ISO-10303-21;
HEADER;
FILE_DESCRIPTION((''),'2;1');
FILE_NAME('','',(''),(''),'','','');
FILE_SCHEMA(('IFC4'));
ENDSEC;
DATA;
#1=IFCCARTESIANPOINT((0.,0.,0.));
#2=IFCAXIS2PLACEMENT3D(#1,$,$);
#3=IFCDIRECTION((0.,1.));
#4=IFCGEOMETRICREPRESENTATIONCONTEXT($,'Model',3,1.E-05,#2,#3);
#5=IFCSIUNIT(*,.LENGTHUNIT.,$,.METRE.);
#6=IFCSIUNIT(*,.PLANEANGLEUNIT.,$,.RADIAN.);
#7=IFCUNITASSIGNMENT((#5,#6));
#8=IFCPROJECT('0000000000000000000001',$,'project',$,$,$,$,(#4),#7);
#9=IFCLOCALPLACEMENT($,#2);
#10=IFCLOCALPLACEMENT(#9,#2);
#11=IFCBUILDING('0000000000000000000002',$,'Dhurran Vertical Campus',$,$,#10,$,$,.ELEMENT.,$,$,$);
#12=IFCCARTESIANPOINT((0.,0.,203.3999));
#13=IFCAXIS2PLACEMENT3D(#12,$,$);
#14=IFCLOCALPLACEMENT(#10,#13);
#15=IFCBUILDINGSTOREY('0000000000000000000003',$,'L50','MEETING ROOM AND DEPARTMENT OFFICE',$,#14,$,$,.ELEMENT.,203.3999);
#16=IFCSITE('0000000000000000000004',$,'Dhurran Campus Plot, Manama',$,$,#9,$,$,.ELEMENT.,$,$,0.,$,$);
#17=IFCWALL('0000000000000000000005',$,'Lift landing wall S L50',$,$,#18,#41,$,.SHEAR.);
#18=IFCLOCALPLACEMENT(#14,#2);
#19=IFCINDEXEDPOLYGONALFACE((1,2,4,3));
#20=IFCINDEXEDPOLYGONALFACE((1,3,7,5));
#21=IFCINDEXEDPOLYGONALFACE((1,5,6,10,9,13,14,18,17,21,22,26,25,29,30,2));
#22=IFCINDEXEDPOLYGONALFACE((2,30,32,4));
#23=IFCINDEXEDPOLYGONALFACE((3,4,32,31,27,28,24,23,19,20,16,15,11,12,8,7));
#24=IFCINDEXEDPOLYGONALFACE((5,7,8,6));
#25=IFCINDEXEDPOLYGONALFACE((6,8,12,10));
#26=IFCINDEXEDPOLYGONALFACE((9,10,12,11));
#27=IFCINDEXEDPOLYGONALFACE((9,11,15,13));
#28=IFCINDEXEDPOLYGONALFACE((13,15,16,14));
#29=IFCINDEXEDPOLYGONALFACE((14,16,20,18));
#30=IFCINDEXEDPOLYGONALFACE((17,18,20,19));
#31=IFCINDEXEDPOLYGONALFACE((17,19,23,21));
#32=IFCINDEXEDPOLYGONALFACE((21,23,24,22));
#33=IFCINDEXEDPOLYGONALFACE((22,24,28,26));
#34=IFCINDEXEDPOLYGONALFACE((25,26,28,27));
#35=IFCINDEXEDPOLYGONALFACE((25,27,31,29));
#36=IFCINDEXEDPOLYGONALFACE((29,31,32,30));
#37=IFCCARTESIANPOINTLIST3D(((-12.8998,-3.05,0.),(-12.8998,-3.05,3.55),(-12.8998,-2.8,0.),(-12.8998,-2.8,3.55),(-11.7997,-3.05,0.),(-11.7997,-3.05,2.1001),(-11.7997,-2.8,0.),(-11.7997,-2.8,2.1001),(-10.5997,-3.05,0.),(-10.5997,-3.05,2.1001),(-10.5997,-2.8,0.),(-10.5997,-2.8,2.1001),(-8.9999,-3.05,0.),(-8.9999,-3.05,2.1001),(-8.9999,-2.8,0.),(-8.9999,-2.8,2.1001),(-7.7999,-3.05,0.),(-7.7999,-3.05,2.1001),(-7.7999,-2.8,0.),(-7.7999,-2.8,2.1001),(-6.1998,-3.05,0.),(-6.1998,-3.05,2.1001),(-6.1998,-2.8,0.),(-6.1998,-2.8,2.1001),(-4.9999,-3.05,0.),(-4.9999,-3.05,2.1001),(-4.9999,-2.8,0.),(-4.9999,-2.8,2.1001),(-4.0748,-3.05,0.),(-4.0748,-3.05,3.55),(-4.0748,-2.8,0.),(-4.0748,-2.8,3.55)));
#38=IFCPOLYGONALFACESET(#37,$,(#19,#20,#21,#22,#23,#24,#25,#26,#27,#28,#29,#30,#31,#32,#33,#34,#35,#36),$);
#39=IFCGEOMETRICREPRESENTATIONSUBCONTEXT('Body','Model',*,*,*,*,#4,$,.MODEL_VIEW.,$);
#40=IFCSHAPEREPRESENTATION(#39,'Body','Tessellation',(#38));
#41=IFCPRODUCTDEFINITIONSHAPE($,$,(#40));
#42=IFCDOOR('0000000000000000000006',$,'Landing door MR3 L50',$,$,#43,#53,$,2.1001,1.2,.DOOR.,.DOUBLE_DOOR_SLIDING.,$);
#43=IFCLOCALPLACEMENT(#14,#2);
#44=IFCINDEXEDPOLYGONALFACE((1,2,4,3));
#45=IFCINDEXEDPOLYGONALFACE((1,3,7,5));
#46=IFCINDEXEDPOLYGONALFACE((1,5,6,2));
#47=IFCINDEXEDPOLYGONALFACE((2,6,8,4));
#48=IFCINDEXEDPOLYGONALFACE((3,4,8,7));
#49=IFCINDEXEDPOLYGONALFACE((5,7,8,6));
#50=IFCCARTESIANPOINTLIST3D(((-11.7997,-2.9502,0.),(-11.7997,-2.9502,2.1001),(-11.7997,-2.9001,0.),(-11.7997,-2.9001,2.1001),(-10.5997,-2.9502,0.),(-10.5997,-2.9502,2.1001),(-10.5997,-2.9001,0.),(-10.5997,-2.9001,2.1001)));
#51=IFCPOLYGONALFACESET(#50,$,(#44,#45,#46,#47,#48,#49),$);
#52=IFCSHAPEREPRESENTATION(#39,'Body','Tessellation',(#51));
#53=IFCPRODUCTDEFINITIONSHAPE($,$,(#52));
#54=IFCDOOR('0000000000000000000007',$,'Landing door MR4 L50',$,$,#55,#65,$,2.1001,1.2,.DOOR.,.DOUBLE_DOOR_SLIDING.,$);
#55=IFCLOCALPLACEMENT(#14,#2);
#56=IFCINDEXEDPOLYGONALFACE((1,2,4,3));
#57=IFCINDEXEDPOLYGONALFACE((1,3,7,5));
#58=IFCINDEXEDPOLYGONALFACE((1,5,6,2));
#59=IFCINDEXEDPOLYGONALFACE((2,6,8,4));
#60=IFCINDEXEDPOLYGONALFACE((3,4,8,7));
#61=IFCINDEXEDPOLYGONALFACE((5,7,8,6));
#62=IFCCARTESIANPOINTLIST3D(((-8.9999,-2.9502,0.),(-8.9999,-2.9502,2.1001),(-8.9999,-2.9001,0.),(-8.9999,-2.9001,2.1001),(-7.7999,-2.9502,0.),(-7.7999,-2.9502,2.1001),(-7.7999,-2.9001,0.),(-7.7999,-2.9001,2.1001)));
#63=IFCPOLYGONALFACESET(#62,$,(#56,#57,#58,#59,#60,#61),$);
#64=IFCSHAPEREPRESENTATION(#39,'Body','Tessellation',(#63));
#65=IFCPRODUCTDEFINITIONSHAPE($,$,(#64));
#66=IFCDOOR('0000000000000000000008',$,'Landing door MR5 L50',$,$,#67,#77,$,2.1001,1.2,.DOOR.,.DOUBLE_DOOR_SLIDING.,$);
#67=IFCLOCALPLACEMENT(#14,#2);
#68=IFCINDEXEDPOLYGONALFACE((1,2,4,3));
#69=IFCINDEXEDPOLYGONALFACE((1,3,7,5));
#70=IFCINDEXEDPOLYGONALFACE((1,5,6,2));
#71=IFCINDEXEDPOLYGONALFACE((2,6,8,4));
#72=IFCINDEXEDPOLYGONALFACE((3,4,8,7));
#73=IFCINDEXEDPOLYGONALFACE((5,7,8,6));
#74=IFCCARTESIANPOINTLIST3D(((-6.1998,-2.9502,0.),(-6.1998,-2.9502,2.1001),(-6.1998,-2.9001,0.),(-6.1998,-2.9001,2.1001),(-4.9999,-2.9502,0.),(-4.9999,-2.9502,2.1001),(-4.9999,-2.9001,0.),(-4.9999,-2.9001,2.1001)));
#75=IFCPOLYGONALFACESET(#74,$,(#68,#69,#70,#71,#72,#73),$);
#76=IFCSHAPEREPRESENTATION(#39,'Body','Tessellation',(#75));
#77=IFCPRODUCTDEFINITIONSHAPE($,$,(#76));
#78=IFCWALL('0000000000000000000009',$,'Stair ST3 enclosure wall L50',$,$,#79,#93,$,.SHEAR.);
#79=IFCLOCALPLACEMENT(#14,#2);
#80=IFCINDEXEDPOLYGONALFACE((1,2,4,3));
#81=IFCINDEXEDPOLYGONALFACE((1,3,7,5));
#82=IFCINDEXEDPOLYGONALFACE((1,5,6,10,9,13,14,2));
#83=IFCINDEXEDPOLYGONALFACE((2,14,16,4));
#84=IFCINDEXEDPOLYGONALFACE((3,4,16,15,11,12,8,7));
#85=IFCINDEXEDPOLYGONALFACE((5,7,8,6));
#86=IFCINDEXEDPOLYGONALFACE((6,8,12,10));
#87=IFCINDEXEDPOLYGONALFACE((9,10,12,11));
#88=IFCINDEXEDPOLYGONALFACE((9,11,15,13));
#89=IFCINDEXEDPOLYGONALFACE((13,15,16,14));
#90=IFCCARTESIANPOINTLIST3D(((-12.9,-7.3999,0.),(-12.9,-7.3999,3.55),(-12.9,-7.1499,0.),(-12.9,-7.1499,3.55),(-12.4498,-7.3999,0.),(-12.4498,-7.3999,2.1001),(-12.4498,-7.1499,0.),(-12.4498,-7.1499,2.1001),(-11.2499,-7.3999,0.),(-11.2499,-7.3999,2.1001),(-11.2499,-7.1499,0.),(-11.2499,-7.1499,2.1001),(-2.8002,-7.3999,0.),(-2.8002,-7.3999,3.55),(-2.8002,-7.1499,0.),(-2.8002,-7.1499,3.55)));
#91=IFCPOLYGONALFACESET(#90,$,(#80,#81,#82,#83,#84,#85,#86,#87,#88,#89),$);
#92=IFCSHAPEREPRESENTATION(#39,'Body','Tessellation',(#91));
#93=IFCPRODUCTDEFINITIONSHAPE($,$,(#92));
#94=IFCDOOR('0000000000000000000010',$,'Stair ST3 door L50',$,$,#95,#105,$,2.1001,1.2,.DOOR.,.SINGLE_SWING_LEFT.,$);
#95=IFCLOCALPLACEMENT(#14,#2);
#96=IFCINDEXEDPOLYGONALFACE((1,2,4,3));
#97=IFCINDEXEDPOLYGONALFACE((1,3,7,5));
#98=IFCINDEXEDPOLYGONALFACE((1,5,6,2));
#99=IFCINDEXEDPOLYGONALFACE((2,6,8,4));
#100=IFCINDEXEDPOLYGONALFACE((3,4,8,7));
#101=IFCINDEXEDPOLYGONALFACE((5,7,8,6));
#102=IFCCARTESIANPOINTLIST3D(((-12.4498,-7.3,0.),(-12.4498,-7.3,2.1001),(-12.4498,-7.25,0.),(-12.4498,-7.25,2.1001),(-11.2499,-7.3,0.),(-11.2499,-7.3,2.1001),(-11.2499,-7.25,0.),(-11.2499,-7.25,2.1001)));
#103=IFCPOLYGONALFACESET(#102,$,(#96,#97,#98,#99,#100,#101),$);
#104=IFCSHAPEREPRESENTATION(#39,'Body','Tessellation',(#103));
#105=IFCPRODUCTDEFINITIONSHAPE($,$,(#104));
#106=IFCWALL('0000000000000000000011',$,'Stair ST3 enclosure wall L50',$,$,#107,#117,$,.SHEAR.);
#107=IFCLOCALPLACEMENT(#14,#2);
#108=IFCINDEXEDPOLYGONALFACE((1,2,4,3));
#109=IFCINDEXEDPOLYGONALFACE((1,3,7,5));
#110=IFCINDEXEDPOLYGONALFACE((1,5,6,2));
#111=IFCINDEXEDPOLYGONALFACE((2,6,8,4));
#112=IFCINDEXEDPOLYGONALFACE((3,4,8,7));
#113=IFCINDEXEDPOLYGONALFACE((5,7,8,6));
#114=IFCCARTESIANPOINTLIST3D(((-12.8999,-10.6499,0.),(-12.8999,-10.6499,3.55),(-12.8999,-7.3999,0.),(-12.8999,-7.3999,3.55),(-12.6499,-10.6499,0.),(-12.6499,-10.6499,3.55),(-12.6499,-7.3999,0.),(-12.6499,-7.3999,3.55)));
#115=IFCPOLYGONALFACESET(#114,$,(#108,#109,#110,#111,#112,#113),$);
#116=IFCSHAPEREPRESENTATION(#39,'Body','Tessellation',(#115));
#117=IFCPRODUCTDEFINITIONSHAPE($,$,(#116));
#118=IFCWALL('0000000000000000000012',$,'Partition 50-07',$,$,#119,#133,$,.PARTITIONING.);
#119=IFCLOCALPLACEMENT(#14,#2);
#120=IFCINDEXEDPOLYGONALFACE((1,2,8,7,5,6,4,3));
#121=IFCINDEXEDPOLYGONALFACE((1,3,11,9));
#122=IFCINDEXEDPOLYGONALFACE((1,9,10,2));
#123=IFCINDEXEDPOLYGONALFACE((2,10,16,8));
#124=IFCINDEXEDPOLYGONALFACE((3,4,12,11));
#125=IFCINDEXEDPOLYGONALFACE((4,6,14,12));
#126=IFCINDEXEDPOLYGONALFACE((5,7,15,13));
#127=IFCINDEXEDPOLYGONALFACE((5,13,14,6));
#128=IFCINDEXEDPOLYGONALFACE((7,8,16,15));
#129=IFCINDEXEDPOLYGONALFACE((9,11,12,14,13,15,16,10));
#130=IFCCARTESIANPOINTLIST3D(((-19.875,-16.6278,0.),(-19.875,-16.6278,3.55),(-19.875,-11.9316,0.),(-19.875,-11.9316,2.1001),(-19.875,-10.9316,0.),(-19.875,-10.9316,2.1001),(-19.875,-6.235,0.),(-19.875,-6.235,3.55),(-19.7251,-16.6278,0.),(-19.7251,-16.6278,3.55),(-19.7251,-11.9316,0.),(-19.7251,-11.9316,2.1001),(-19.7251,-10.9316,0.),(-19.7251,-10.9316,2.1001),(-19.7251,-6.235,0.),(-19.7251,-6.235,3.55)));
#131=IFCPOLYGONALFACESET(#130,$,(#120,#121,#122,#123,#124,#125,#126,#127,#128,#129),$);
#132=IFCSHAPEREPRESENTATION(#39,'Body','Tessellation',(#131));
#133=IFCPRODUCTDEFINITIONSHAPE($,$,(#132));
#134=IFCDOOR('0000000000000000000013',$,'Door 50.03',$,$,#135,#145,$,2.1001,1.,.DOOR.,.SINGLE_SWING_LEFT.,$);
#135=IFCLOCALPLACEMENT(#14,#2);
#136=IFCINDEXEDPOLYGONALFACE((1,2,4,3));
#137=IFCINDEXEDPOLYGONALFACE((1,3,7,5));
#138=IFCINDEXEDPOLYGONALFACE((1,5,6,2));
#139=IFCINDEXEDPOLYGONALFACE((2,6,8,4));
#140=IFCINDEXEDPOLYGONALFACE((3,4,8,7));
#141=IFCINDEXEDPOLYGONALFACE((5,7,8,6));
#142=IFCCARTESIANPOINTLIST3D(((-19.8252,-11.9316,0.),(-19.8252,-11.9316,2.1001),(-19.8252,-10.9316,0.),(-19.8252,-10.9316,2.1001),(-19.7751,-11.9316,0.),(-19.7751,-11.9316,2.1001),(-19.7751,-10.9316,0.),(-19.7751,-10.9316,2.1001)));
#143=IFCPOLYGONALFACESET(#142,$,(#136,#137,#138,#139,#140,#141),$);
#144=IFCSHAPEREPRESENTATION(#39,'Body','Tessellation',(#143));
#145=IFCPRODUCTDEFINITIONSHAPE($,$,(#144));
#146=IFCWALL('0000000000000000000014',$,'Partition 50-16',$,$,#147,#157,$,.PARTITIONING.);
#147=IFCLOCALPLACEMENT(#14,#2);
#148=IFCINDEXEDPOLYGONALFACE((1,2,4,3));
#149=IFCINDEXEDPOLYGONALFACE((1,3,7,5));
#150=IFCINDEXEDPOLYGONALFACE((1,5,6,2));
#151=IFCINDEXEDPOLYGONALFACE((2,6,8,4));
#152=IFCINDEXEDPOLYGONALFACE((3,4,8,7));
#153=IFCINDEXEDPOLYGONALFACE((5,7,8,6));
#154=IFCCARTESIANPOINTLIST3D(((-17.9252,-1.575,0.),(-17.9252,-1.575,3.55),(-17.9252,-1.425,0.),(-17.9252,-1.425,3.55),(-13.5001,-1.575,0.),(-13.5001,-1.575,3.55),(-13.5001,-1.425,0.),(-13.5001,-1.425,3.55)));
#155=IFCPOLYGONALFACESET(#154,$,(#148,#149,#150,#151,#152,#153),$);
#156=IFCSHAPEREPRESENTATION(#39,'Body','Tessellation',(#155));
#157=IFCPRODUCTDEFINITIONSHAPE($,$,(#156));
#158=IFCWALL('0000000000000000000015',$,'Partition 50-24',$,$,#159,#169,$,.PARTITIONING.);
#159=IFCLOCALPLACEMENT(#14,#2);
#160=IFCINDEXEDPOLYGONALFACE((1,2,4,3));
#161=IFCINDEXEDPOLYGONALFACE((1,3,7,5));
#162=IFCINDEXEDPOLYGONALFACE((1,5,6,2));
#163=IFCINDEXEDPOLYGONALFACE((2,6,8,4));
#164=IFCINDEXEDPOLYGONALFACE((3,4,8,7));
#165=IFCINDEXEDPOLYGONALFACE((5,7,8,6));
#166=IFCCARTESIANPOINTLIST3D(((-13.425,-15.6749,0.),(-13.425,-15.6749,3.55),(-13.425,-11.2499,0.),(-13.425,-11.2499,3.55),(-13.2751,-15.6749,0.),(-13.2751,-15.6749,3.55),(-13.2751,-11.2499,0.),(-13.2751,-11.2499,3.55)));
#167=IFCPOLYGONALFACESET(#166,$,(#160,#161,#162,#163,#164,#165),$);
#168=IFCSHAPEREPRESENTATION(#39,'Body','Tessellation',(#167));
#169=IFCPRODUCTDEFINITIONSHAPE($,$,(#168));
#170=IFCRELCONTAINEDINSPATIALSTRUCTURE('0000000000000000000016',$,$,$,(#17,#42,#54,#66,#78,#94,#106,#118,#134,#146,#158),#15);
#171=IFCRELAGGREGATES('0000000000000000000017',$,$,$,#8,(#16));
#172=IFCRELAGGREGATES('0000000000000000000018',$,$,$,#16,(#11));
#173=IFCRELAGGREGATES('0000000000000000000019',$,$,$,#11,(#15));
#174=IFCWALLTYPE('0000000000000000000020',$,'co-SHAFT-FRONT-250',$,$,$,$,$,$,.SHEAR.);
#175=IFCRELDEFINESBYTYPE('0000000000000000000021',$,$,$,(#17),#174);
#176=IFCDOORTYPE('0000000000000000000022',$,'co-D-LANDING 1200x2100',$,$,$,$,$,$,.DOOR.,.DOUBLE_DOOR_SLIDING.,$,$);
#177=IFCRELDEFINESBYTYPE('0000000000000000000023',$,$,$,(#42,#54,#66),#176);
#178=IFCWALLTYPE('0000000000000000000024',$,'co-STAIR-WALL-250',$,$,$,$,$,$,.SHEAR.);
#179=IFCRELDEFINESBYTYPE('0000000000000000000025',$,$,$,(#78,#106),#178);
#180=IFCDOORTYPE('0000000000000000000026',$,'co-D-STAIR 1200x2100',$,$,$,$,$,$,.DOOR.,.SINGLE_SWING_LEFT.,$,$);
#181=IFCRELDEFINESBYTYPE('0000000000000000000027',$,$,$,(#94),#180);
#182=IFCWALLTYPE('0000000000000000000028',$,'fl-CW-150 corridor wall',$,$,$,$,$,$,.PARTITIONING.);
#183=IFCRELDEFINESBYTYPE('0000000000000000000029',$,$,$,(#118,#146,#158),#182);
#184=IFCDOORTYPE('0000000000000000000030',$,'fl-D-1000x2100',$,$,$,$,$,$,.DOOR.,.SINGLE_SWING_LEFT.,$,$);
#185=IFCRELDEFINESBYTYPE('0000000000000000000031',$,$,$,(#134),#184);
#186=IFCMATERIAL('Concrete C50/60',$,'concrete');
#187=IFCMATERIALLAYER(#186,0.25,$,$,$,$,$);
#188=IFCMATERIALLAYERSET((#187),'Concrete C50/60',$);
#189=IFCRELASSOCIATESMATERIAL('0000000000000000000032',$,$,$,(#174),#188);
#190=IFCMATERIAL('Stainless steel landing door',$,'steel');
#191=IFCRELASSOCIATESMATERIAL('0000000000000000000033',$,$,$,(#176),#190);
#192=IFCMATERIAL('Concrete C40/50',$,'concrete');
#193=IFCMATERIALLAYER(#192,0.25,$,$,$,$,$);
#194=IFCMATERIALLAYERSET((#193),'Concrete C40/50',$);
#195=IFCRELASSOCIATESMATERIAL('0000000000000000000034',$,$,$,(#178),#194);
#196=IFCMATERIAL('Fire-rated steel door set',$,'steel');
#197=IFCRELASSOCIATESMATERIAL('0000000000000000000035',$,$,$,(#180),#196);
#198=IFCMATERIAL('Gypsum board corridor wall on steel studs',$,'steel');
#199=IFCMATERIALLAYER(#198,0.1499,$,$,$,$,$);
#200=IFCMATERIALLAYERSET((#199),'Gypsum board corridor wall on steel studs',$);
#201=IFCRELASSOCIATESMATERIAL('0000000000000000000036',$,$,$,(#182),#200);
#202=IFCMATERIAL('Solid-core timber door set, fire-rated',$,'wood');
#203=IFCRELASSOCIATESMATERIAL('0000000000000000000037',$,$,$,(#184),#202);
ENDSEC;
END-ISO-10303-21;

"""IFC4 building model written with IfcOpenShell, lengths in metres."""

from ifc_helpers import new_model, si_unit, direction, frame, frame_2d, origin, place, context, subcontext, project, spatial, rectangle, extrude, material, layer, layer_set, type_object, element, fill, save


model = new_model("IFC4")

# Units and contexts
model_context = context("Model", 3, precision=1e-05, world=origin(), true_north=direction((0.0, 1.0)))
body_context = subcontext(model_context, "Body", "Model", "MODEL_VIEW")
ifc_project = project(units=[si_unit("LENGTHUNIT", "METRE"), si_unit("PLANEANGLEUNIT", "RADIAN")], contexts=[model_context])

# Site, building, storey
site_placement = place(None, origin())
site = spatial("IfcSite", under=ifc_project, at=site_placement, Name="Dhurran Campus Plot, Manama", CompositionType="ELEMENT", RefElevation=0.0)
building_placement = place(site_placement, origin())
building = spatial("IfcBuilding", under=site, at=building_placement, Name="Dhurran Vertical Campus", CompositionType="ELEMENT")
storey_placement = place(building_placement, frame((0.0, 0.0, 203.3999)))
storey = spatial("IfcBuildingStorey", under=building, at=storey_placement, Name="L50", Description="MEETING ROOM AND DEPARTMENT OFFICE", CompositionType="ELEMENT", Elevation=203.3999)

# Wall, openings, doors
ifc_material_1 = material(Name="Concrete C50/60", Category="concrete")
ifc_layer_1 = layer(ifc_material_1, 0.25)
ifc_layer_set_1 = layer_set([ifc_layer_1], Name="Concrete C50/60")
wall_type_1 = type_object("IfcWallType", Name="co-SHAFT-FRONT-250", PredefinedType="SHEAR", material=ifc_layer_set_1)
wall_1_placement = place(storey_placement, frame((-12.8999, -2.925, 0.0), z_axis=(0.0, 0.0, 1.0), x_axis=(1.0, 0.0, 0.0)))
wall_1 = element("IfcWall", 1, at=wall_1_placement, inside=storey, type_object=wall_type_1, Name="Lift landing wall S L50", PredefinedType="SHEAR", context=body_context, shape_type="SweptSolid", body=[
    extrude(rectangle(XDim=8.825, YDim=0.25, at=frame_2d((4.4126, 0.0))), origin(), (0.0, 0.0, 1.0), 3.55),
])
opening_1_placement = place(wall_1_placement, frame((1.1001, 0.0, 0.0)))
opening_1 = element("IfcOpeningElement", 2, at=opening_1_placement, cuts=wall_1, PredefinedType="OPENING", context=body_context, shape_type="SweptSolid", body=[
    extrude(rectangle(XDim=1.2, YDim=2.1001, at=frame_2d((0.6001, 1.05))), frame((0.0, 0.135, 0.0), z_axis=(0.0, -1.0, 0.0), x_axis=(1.0, 0.0, 0.0)), (0.0, 0.0, 1.0), 0.27),
])
opening_2_placement = place(wall_1_placement, frame((3.8999, 0.0, 0.0)))
opening_2 = element("IfcOpeningElement", 3, at=opening_2_placement, cuts=wall_1, PredefinedType="OPENING", context=body_context, shape_type="SweptSolid", body=[
    extrude(rectangle(XDim=1.2, YDim=2.1001, at=frame_2d((0.6001, 1.05))), frame((0.0, 0.135, 0.0), z_axis=(0.0, -1.0, 0.0), x_axis=(1.0, 0.0, 0.0)), (0.0, 0.0, 1.0), 0.27),
])
opening_3_placement = place(wall_1_placement, frame((6.7, 0.0, 0.0)))
opening_3 = element("IfcOpeningElement", 4, at=opening_3_placement, cuts=wall_1, PredefinedType="OPENING", context=body_context, shape_type="SweptSolid", body=[
    extrude(rectangle(XDim=1.2, YDim=2.1001, at=frame_2d((0.6001, 1.05))), frame((0.0, 0.135, 0.0), z_axis=(0.0, -1.0, 0.0), x_axis=(1.0, 0.0, 0.0)), (0.0, 0.0, 1.0), 0.27),
])
ifc_material_2 = material(Name="Stainless steel landing door", Category="steel")
door_type_1 = type_object("IfcDoorType", Name="co-D-LANDING 1200x2100", OperationType="DOUBLE_DOOR_SLIDING", PredefinedType="DOOR", material=ifc_material_2)
door_1_placement = place(opening_1_placement, origin())
door_1 = element("IfcDoor", 5, at=door_1_placement, inside=storey, type_object=door_type_1, Name="Landing door MR3 L50", OperationType="DOUBLE_DOOR_SLIDING", OverallHeight=2.1001, OverallWidth=1.2, PredefinedType="DOOR", context=body_context, shape_type="SweptSolid", body=[
    extrude(rectangle(XDim=1.2, YDim=2.1001, at=frame_2d((0.6001, 1.05))), frame((0.0, 0.0249, 0.0), z_axis=(0.0, -1.0, 0.0), x_axis=(1.0, 0.0, 0.0)), (0.0, 0.0, 1.0), 0.05),
])
fill(opening_1, door_1)
door_2_placement = place(opening_2_placement, origin())
door_2 = element("IfcDoor", 6, at=door_2_placement, inside=storey, type_object=door_type_1, Name="Landing door MR4 L50", OperationType="DOUBLE_DOOR_SLIDING", OverallHeight=2.1001, OverallWidth=1.2, PredefinedType="DOOR", context=body_context, shape_type="SweptSolid", body=[
    extrude(rectangle(XDim=1.2, YDim=2.1001, at=frame_2d((0.6001, 1.05))), frame((0.0, 0.0249, 0.0), z_axis=(0.0, -1.0, 0.0), x_axis=(1.0, 0.0, 0.0)), (0.0, 0.0, 1.0), 0.05),
])
fill(opening_2, door_2)
door_3_placement = place(opening_3_placement, origin())
door_3 = element("IfcDoor", 7, at=door_3_placement, inside=storey, type_object=door_type_1, Name="Landing door MR5 L50", OperationType="DOUBLE_DOOR_SLIDING", OverallHeight=2.1001, OverallWidth=1.2, PredefinedType="DOOR", context=body_context, shape_type="SweptSolid", body=[
    extrude(rectangle(XDim=1.2, YDim=2.1001, at=frame_2d((0.6001, 1.05))), frame((0.0, 0.0249, 0.0), z_axis=(0.0, -1.0, 0.0), x_axis=(1.0, 0.0, 0.0)), (0.0, 0.0, 1.0), 0.05),
])
fill(opening_3, door_3)

# Wall, opening, door
ifc_material_3 = material(Name="Concrete C40/50", Category="concrete")
ifc_layer_2 = layer(ifc_material_3, 0.25)
ifc_layer_set_2 = layer_set([ifc_layer_2], Name="Concrete C40/50")
wall_type_2 = type_object("IfcWallType", Name="co-STAIR-WALL-250", PredefinedType="SHEAR", material=ifc_layer_set_2)
wall_2_placement = place(storey_placement, frame((-12.8999, -7.2749, 0.0), z_axis=(0.0, 0.0, 1.0), x_axis=(1.0, 0.0, 0.0)))
wall_2 = element("IfcWall", 8, at=wall_2_placement, inside=storey, type_object=wall_type_2, Name="Stair ST3 enclosure wall L50", PredefinedType="SHEAR", context=body_context, shape_type="SweptSolid", body=[
    extrude(rectangle(XDim=10.0999, YDim=0.25, at=frame_2d((5.0498, 0.0))), origin(), (0.0, 0.0, 1.0), 3.55),
])
opening_4_placement = place(wall_2_placement, frame((0.45, 0.0, 0.0)))
opening_4 = element("IfcOpeningElement", 9, at=opening_4_placement, cuts=wall_2, PredefinedType="OPENING", context=body_context, shape_type="SweptSolid", body=[
    extrude(rectangle(XDim=1.2, YDim=2.1001, at=frame_2d((0.6001, 1.05))), frame((0.0, 0.135, 0.0), z_axis=(0.0, -1.0, 0.0), x_axis=(1.0, 0.0, 0.0)), (0.0, 0.0, 1.0), 0.27),
])
ifc_material_4 = material(Name="Fire-rated steel door set", Category="steel")
door_type_2 = type_object("IfcDoorType", Name="co-D-STAIR 1200x2100", OperationType="SINGLE_SWING_LEFT", PredefinedType="DOOR", material=ifc_material_4)
door_4_placement = place(opening_4_placement, origin())
door_4 = element("IfcDoor", 10, at=door_4_placement, inside=storey, type_object=door_type_2, Name="Stair ST3 door L50", OperationType="SINGLE_SWING_LEFT", OverallHeight=2.1001, OverallWidth=1.2, PredefinedType="DOOR", context=body_context, shape_type="SweptSolid", body=[
    extrude(rectangle(XDim=1.2, YDim=2.1001, at=frame_2d((0.6001, 1.05))), frame((0.0, 0.0249, 0.0), z_axis=(0.0, -1.0, 0.0), x_axis=(1.0, 0.0, 0.0)), (0.0, 0.0, 1.0), 0.05),
])
fill(opening_4, door_4)

# Wall
wall_3_placement = place(storey_placement, frame((-12.7749, -10.6499, 0.0), z_axis=(0.0, 0.0, 1.0), x_axis=(0.0, 1.0, 0.0)))
element("IfcWall", 11, at=wall_3_placement, inside=storey, type_object=wall_type_2, Name="Stair ST3 enclosure wall L50", PredefinedType="SHEAR", context=body_context, shape_type="SweptSolid", body=[
    extrude(rectangle(XDim=3.25, YDim=0.25, at=frame_2d((1.625, 0.0))), origin(), (0.0, 0.0, 1.0), 3.55),
])

# Wall, opening, door
ifc_material_5 = material(Name="Gypsum board corridor wall on steel studs", Category="steel")
ifc_layer_3 = layer(ifc_material_5, 0.1499)
ifc_layer_set_3 = layer_set([ifc_layer_3], Name="Gypsum board corridor wall on steel studs")
wall_type_3 = type_object("IfcWallType", Name="fl-CW-150 corridor wall", PredefinedType="PARTITIONING", material=ifc_layer_set_3)
wall_4_placement = place(storey_placement, frame((-19.8, -6.2351, 0.0), z_axis=(0.0, 0.0, 1.0), x_axis=(0.0, -1.0, 0.0)))
wall_4 = element("IfcWall", 12, at=wall_4_placement, inside=storey, type_object=wall_type_3, Name="Partition 50-07", PredefinedType="PARTITIONING", context=body_context, shape_type="SweptSolid", body=[
    extrude(rectangle(XDim=10.3928, YDim=0.1499, at=frame_2d((5.1963, 0.0))), origin(), (0.0, 0.0, 1.0), 3.55),
])
opening_5_placement = place(wall_4_placement, frame((4.6965, 0.0, 0.0)))
opening_5 = element("IfcOpeningElement", 13, at=opening_5_placement, cuts=wall_4, PredefinedType="OPENING", context=body_context, shape_type="SweptSolid", body=[
    extrude(rectangle(XDim=1.0, YDim=2.1001, at=frame_2d((0.5, 1.05))), frame((0.0, 0.085, 0.0), z_axis=(0.0, -1.0, 0.0), x_axis=(1.0, 0.0, 0.0)), (0.0, 0.0, 1.0), 0.1699),
])
ifc_material_6 = material(Name="Solid-core timber door set, fire-rated", Category="wood")
door_type_3 = type_object("IfcDoorType", Name="fl-D-1000x2100", OperationType="SINGLE_SWING_LEFT", PredefinedType="DOOR", material=ifc_material_6)
door_5_placement = place(opening_5_placement, origin())
door_5 = element("IfcDoor", 14, at=door_5_placement, inside=storey, type_object=door_type_3, Name="Door 50.03", OperationType="SINGLE_SWING_LEFT", OverallHeight=2.1001, OverallWidth=1.0, PredefinedType="DOOR", context=body_context, shape_type="SweptSolid", body=[
    extrude(rectangle(XDim=1.0, YDim=2.1001, at=frame_2d((0.5, 1.05))), frame((0.0, 0.0249, 0.0), z_axis=(0.0, -1.0, 0.0), x_axis=(1.0, 0.0, 0.0)), (0.0, 0.0, 1.0), 0.05),
])
fill(opening_5, door_5)

# Walls
for number, where, z_axis, x_axis, name in (
    (15, (-17.925, -1.5, 0.0), (0.0, 0.0, 1.0), (1.0, 0.0, 0.0), "Partition 50-16"),
    (16, (-13.3501, -11.25, 0.0), (0.0, 0.0, 1.0), (0.0, -1.0, 0.0), "Partition 50-24"),
):
    element("IfcWall", number, at=place(storey_placement, frame(where, z_axis=z_axis, x_axis=x_axis)), inside=storey, type_object=wall_type_3, Name=name, PredefinedType="PARTITIONING", context=body_context, shape_type="SweptSolid", body=[
        extrude(rectangle(XDim=4.425, YDim=0.1499, at=frame_2d((2.2124, 0.0))), origin(), (0.0, 0.0, 1.0), 3.55),
    ])

save(model, "model.ifc")
